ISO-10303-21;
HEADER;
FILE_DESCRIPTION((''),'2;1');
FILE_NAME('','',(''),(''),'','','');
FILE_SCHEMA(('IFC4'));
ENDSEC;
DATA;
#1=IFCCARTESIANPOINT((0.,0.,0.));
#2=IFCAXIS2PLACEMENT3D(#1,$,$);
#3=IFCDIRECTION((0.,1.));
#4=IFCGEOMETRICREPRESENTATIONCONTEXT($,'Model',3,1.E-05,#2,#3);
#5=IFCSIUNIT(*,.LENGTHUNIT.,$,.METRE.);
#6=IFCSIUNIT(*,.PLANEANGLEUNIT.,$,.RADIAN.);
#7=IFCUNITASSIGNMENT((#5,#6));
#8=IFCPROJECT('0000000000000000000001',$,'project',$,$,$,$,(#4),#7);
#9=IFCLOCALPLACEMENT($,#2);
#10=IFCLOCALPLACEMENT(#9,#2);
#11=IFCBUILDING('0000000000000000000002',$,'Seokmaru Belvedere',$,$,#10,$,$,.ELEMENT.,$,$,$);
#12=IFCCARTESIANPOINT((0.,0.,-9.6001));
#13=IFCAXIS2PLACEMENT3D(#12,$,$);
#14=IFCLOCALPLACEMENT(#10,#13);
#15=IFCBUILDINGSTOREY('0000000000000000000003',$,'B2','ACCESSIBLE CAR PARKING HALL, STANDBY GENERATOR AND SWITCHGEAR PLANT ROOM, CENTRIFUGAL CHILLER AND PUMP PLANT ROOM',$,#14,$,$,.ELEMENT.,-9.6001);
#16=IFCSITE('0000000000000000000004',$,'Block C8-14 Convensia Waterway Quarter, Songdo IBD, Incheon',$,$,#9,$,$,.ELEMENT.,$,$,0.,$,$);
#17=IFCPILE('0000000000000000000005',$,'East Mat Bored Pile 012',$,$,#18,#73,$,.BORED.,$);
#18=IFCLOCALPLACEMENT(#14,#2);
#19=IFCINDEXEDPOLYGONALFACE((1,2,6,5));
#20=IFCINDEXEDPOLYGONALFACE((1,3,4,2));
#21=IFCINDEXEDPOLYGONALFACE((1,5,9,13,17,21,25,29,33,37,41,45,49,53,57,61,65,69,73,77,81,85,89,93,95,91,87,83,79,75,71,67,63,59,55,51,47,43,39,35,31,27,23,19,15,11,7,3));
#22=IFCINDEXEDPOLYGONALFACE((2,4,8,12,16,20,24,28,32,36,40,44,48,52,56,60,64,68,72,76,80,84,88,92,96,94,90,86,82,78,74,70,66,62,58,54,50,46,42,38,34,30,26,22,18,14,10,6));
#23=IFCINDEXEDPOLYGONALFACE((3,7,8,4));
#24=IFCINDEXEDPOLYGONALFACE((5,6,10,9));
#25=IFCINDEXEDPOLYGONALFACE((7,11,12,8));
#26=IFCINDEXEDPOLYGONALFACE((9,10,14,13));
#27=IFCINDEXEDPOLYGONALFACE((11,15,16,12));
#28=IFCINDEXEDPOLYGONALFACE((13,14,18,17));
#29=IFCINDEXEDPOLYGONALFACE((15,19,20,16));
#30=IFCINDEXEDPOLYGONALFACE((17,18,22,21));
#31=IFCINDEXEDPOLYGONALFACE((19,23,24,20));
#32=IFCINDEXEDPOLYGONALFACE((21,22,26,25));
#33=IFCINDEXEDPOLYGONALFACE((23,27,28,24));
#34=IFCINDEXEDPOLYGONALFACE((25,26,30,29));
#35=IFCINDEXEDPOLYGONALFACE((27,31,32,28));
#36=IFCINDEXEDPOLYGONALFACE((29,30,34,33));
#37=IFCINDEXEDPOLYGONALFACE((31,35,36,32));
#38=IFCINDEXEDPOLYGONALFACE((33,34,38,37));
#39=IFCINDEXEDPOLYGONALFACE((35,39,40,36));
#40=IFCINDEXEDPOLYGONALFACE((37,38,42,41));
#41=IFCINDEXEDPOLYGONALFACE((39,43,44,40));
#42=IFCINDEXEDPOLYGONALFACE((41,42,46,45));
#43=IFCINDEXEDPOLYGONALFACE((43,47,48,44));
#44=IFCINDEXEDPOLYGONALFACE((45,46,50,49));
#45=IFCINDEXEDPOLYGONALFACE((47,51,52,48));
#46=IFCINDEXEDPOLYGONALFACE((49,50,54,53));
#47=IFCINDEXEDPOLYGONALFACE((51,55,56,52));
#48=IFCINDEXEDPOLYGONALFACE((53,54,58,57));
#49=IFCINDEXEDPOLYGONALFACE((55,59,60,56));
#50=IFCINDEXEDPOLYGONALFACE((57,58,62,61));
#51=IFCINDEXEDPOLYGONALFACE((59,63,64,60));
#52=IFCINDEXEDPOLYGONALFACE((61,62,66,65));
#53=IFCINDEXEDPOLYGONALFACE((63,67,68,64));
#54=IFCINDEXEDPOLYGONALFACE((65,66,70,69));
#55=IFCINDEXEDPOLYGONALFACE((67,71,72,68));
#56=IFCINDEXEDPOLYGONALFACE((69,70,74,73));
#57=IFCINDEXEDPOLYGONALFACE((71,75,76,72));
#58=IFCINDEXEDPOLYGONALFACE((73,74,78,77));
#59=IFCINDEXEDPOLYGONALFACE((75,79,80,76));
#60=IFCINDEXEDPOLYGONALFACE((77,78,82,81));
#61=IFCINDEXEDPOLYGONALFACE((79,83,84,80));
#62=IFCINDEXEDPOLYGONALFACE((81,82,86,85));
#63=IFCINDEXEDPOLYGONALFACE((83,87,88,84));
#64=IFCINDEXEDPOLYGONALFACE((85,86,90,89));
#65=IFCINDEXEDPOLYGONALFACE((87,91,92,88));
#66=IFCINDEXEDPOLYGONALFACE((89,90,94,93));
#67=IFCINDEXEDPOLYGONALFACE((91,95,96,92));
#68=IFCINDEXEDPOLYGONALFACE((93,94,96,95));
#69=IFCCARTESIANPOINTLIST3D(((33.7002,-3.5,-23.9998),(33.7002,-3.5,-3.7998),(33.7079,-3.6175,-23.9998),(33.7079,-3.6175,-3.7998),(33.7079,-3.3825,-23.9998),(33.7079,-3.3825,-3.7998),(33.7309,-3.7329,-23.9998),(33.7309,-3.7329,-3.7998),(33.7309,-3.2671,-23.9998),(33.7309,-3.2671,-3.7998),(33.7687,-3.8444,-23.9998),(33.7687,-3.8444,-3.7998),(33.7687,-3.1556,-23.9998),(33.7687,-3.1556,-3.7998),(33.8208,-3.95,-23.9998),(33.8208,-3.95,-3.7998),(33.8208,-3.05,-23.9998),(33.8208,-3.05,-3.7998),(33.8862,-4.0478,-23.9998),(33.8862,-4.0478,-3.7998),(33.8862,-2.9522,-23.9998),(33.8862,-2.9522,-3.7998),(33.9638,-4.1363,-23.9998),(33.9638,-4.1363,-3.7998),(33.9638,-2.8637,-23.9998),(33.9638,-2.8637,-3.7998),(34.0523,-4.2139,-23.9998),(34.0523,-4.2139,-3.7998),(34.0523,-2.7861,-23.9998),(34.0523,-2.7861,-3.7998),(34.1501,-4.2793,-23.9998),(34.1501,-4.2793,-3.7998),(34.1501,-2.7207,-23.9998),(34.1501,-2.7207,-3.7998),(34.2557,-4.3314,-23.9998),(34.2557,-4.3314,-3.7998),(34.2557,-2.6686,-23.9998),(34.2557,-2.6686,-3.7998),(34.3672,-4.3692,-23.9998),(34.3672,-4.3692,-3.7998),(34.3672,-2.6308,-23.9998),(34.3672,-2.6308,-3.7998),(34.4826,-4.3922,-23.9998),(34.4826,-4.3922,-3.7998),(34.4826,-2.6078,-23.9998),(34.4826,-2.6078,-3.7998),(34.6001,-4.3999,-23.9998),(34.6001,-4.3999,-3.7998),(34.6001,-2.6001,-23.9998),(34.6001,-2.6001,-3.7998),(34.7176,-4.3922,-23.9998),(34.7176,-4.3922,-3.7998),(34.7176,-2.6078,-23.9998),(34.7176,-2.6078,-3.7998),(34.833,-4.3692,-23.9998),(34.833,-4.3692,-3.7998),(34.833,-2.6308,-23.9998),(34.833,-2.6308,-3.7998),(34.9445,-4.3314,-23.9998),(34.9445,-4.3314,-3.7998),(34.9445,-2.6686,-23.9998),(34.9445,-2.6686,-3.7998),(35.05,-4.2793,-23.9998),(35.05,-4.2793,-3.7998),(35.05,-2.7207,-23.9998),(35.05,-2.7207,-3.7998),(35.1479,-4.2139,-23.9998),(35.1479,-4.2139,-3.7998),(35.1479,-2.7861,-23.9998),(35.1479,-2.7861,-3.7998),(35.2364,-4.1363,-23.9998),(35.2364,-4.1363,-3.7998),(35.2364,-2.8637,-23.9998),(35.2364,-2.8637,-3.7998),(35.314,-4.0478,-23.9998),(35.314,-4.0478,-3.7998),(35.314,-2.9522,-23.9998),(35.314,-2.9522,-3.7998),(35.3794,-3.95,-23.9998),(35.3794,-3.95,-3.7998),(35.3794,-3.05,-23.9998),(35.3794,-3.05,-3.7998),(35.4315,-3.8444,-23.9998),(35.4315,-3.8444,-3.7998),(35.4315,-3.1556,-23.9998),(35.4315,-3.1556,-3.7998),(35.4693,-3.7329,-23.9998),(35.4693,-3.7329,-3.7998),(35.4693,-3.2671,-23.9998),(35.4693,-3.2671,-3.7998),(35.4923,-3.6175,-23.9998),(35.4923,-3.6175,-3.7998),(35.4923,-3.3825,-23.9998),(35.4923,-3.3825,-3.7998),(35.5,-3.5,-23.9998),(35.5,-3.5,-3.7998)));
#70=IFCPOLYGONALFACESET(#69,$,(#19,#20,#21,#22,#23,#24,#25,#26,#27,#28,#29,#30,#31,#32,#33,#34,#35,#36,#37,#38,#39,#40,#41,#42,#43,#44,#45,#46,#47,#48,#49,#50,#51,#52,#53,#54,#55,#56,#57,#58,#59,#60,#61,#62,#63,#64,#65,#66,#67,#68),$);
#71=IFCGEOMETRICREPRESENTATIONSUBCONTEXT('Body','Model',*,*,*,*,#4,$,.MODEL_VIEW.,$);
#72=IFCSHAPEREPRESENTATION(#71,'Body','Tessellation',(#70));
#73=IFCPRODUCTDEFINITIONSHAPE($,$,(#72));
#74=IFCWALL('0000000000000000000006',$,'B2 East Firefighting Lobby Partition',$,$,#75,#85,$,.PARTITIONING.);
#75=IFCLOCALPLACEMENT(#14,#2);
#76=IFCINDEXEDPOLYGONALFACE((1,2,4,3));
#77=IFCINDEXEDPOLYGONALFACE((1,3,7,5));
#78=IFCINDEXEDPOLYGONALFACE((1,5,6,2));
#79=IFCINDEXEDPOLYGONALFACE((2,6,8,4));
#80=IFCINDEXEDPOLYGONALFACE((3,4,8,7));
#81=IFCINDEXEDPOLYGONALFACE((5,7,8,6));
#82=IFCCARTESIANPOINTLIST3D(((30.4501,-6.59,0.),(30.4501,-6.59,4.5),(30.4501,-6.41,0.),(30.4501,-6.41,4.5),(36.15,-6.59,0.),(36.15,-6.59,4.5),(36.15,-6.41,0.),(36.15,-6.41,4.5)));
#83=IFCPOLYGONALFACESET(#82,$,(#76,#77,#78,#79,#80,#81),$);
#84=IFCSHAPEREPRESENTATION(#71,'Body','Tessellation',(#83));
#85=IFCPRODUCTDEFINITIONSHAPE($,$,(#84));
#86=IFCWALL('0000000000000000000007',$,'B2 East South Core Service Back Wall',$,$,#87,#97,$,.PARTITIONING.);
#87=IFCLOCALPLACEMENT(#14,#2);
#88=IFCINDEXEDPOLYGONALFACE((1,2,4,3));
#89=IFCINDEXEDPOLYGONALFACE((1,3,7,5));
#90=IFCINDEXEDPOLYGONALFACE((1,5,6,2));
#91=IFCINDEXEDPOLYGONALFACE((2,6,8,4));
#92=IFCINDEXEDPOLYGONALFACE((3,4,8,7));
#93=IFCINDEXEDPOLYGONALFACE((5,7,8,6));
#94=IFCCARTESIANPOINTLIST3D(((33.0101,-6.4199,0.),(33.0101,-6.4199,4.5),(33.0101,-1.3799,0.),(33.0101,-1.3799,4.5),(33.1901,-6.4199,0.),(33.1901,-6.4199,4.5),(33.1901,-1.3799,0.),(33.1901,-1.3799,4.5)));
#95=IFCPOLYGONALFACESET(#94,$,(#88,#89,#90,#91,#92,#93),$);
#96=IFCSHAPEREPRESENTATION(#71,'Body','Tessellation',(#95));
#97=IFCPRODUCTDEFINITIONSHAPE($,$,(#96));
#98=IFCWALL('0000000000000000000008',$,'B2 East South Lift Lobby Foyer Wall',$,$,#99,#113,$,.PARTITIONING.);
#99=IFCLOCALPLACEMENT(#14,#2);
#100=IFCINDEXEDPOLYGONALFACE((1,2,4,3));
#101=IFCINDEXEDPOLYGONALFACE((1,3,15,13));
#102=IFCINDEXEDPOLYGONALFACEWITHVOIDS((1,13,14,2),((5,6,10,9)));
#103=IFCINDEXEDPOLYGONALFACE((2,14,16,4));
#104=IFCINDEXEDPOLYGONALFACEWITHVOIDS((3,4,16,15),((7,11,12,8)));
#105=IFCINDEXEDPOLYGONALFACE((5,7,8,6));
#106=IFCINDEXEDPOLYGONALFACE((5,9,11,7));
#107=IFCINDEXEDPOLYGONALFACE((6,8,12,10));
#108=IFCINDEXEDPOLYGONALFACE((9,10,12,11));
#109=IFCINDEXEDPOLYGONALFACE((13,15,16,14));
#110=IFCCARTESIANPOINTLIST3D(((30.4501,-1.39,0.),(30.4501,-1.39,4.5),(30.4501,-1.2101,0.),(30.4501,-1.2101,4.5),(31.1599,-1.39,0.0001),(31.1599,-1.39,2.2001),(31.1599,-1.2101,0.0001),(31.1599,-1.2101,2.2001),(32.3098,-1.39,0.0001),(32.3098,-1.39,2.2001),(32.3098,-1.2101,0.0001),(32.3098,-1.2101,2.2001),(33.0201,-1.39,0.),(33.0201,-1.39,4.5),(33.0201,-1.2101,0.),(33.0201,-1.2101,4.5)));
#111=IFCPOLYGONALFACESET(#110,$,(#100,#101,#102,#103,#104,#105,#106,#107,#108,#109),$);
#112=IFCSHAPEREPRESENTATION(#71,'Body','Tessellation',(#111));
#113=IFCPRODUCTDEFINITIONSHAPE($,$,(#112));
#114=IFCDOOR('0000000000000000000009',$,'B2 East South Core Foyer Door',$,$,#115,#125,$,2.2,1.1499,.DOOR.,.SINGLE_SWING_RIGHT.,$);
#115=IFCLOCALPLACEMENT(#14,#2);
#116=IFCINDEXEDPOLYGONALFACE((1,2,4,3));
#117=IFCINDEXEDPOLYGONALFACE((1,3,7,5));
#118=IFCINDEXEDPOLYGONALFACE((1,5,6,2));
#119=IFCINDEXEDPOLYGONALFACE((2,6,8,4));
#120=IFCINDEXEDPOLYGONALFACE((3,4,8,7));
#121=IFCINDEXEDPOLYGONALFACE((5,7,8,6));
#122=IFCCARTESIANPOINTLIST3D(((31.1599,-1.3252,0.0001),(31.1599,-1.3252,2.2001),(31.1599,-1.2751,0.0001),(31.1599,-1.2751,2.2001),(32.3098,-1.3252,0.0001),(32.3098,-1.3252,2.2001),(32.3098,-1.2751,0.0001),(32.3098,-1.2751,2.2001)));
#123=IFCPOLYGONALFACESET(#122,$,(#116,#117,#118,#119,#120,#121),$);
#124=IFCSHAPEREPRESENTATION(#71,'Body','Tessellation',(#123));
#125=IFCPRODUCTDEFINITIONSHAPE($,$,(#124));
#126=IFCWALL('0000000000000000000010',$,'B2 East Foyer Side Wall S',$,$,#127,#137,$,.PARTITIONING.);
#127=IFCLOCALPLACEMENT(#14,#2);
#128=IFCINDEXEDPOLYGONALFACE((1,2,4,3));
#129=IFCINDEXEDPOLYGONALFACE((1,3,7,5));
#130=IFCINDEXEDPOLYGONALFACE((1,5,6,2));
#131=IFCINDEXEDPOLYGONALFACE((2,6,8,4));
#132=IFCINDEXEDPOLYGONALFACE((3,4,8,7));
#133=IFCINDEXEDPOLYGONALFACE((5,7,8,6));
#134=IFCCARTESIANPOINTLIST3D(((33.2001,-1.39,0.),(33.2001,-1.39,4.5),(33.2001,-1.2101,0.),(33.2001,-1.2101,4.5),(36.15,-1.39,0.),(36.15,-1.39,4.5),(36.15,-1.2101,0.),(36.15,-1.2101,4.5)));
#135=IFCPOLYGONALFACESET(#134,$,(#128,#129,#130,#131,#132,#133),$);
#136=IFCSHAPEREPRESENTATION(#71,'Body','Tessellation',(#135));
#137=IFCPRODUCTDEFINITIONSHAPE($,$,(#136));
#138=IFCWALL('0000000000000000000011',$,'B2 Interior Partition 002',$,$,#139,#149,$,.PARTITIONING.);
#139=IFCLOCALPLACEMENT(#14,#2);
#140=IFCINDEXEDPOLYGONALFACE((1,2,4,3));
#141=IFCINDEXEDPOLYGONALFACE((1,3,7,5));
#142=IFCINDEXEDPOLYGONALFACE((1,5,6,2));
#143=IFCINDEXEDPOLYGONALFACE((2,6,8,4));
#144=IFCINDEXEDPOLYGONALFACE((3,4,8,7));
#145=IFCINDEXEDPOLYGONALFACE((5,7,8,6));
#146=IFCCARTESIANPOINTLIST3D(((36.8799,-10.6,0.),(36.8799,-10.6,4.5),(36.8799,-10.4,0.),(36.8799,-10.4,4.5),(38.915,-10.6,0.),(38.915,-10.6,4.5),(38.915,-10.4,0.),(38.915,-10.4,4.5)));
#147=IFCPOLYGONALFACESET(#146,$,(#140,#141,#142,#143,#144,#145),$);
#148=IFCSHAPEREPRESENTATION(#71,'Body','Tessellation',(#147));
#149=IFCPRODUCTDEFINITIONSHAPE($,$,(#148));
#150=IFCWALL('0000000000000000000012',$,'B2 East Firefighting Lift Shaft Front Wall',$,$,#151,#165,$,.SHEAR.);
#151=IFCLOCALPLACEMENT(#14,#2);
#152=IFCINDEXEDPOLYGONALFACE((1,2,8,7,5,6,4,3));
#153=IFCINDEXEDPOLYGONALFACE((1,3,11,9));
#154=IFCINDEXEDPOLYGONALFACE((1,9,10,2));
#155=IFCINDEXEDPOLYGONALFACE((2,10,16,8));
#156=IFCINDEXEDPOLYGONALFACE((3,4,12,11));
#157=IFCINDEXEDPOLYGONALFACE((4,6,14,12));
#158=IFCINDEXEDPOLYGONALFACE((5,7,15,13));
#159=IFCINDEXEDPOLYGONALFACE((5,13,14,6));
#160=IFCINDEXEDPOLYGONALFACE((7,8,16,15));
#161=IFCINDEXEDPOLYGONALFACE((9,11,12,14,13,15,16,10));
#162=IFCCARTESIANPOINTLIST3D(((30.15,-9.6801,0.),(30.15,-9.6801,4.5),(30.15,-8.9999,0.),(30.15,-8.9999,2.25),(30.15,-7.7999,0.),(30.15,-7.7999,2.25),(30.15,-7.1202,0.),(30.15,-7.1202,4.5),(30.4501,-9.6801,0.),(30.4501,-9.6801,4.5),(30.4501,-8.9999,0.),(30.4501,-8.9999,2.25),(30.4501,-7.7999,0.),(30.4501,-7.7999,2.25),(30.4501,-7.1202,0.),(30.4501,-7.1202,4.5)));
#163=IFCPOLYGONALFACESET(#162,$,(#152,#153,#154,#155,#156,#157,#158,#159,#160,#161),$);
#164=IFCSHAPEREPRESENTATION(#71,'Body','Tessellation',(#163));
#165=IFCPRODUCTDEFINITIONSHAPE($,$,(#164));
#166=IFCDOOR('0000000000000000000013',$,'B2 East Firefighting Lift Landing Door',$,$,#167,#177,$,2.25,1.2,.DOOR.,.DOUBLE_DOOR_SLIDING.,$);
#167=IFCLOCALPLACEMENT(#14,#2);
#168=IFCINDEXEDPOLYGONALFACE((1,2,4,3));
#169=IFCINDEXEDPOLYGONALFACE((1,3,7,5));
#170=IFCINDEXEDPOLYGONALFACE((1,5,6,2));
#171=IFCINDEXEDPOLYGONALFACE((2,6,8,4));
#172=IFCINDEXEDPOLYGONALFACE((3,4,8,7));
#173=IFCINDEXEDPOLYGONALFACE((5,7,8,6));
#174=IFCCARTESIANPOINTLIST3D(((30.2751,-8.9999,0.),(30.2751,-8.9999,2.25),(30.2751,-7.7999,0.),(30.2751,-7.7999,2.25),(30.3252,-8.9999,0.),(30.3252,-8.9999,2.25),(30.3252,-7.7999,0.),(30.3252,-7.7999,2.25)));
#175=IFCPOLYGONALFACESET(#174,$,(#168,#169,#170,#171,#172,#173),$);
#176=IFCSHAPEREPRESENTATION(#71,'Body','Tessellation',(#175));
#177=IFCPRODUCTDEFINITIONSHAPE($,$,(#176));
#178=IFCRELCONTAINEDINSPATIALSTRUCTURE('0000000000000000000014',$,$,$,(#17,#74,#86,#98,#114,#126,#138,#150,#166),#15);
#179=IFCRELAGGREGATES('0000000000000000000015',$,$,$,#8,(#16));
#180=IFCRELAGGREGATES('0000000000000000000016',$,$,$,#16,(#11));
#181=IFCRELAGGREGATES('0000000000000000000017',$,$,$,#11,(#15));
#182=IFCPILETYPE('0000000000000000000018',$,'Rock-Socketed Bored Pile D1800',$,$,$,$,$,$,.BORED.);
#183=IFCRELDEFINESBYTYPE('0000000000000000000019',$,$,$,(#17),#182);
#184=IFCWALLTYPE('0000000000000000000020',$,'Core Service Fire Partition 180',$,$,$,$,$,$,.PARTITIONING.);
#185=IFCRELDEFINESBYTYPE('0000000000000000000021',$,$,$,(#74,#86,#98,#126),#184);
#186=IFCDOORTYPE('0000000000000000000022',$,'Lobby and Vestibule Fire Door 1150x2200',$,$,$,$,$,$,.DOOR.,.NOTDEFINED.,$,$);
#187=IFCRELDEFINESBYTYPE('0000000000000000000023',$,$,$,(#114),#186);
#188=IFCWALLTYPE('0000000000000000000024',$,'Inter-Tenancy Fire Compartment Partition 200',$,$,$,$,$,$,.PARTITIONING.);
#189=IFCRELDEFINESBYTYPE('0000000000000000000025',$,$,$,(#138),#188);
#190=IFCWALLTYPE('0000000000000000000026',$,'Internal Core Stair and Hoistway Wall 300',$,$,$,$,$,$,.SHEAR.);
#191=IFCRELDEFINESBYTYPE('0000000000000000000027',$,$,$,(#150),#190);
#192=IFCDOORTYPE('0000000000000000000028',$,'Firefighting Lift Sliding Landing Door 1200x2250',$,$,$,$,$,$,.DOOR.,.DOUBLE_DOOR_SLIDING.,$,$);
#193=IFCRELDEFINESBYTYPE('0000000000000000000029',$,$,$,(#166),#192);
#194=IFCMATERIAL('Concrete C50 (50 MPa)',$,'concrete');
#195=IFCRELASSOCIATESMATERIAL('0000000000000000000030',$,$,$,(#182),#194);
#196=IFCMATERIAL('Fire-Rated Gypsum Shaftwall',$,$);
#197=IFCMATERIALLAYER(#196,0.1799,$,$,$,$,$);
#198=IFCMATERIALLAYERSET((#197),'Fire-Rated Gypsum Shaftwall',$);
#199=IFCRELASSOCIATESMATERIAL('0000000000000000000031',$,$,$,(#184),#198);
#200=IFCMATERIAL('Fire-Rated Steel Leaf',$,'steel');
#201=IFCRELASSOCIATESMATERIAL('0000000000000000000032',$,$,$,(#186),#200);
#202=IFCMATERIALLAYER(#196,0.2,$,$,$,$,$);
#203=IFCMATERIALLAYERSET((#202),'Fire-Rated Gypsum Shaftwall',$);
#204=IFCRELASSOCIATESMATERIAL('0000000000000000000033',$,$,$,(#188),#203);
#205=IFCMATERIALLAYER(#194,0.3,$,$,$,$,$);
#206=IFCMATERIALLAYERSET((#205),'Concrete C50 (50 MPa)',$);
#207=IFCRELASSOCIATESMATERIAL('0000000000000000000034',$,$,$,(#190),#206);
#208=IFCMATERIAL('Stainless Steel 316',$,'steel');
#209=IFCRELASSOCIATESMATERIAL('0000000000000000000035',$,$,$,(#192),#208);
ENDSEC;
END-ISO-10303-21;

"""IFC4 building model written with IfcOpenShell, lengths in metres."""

from ifc_helpers import new_model, si_unit, direction, frame, frame_2d, origin, origin_2d, place, context, subcontext, project, spatial, rectangle, circle, extrude, source, transform, mapped, material, layer, layer_set, material_profile, profile_set, type_object, type_shapes, element, fill, save


model = new_model("IFC4")

# Units and contexts
model_context = context("Model", 3, precision=1e-05, world=origin(), true_north=direction((0.0, 1.0)))
body_context = subcontext(model_context, "Body", "Model", "MODEL_VIEW")
ifc_project = project(units=[si_unit("LENGTHUNIT", "METRE"), si_unit("PLANEANGLEUNIT", "RADIAN")], contexts=[model_context])

# Site, building, storey
site_placement = place(None, origin())
site = spatial("IfcSite", under=ifc_project, at=site_placement, Name="Block C8-14 Convensia Waterway Quarter, Songdo IBD, Incheon", CompositionType="ELEMENT", RefElevation=0.0)
building_placement = place(site_placement, origin())
building = spatial("IfcBuilding", under=site, at=building_placement, Name="Seokmaru Belvedere", CompositionType="ELEMENT")
storey_placement = place(building_placement, frame((0.0, 0.0, -9.6001)))
storey = spatial("IfcBuildingStorey", under=building, at=storey_placement, Name="B2", Description="ACCESSIBLE CAR PARKING HALL, STANDBY GENERATOR AND SWITCHGEAR PLANT ROOM, CENTRIFUGAL CHILLER AND PUMP PLANT ROOM", CompositionType="ELEMENT", Elevation=-9.6001)

# Pile
ifc_material_1 = material(Name="Concrete C50 (50 MPa)", Category="concrete")
ifc_material_profile_1 = material_profile(ifc_material_1, circle(Radius=0.8999, at=origin_2d()), Name="PILE-D1800")
ifc_profile_set_1 = profile_set([ifc_material_profile_1], Name="Concrete C50 (50 MPa)")
pile_type_1 = type_object("IfcPileType", Name="Rock-Socketed Bored Pile D1800", PredefinedType="BORED", material=ifc_profile_set_1)
shared_shape_1 = source(origin(), body_context, "Body", "SweptSolid", [
    extrude(circle(Radius=0.8999, at=origin_2d()), origin(), (0.0, 0.0, 1.0), 20.2),
])
type_shapes(pile_type_1, [shared_shape_1])
for number, where, z_axis, x_axis, name in (
    (1, (34.6001, -3.5, -3.7998), (0.0, 0.0, -1.0), (1.0, 0.0, 0.0), "East Mat Bored Pile 012"),
):
    element("IfcPile", number, at=place(storey_placement, frame(where, z_axis=z_axis, x_axis=x_axis)), inside=storey, type_object=pile_type_1, Name=name, PredefinedType="BORED", context=body_context, shape_type="MappedRepresentation", body=[
        mapped(shared_shape_1, transform((0.0, 0.0, 0.0), scale=1.0)),
    ])

# Walls
ifc_material_2 = material(Name="Fire-Rated Gypsum Shaftwall")
ifc_layer_1 = layer(ifc_material_2, 0.1799)
ifc_layer_set_1 = layer_set([ifc_layer_1], Name="Fire-Rated Gypsum Shaftwall")
wall_type_1 = type_object("IfcWallType", Name="Core Service Fire Partition 180", PredefinedType="PARTITIONING", material=ifc_layer_set_1)
wall_1_placement = place(storey_placement, frame((30.45, -6.5, 0.0), z_axis=(0.0, 0.0, 1.0), x_axis=(1.0, 0.0, 0.0)))
element("IfcWall", 2, at=wall_1_placement, inside=storey, type_object=wall_type_1, Name="B2 East Firefighting Lobby Partition", PredefinedType="PARTITIONING", context=body_context, shape_type="SweptSolid", body=[
    extrude(rectangle(XDim=5.7, YDim=0.1799, at=frame_2d((2.8501, 0.0))), origin(), (0.0, 0.0, 1.0), 4.5),
])
wall_2_placement = place(storey_placement, frame((33.1001, -6.4199, 0.0), z_axis=(0.0, 0.0, 1.0), x_axis=(0.0, 1.0, 0.0)))
element("IfcWall", 3, at=wall_2_placement, inside=storey, type_object=wall_type_1, Name="B2 East South Core Service Back Wall", PredefinedType="PARTITIONING", context=body_context, shape_type="SweptSolid", body=[
    extrude(rectangle(XDim=5.04, YDim=0.1799, at=frame_2d((2.52, 0.0))), origin(), (0.0, 0.0, 1.0), 4.5),
])

# Wall, opening, door
wall_3_placement = place(storey_placement, frame((30.45, -1.3, 0.0), z_axis=(0.0, 0.0, 1.0), x_axis=(1.0, 0.0, 0.0)))
wall_3 = element("IfcWall", 4, at=wall_3_placement, inside=storey, type_object=wall_type_1, Name="B2 East South Lift Lobby Foyer Wall", PredefinedType="PARTITIONING", context=body_context, shape_type="SweptSolid", body=[
    extrude(rectangle(XDim=2.5701, YDim=0.1799, at=frame_2d((1.2852, 0.0))), origin(), (0.0, 0.0, 1.0), 4.5),
])
opening_1_placement = place(wall_3_placement, frame((0.71, 0.0, 0.0)))
opening_1 = element("IfcOpeningElement", 5, at=opening_1_placement, cuts=wall_3, PredefinedType="OPENING", context=body_context, shape_type="SweptSolid", body=[
    extrude(rectangle(XDim=1.1499, YDim=2.2, at=frame_2d((0.575, 1.1001))), frame((0.0, 0.1001, 0.0), z_axis=(0.0, -1.0, 0.0), x_axis=(1.0, 0.0, 0.0)), (0.0, 0.0, 1.0), 0.2),
])
ifc_material_3 = material(Name="Fire-Rated Steel Leaf", Category="steel")
door_type_1 = type_object("IfcDoorType", Name="Lobby and Vestibule Fire Door 1150x2200", OperationType="NOTDEFINED", PredefinedType="DOOR", material=ifc_material_3)
shared_shape_2 = source(origin(), body_context, "Body", "SweptSolid", [
    extrude(rectangle(XDim=1.1499, YDim=2.2, at=frame_2d((0.575, 1.1001))), frame((0.0, 0.0249, 0.0), z_axis=(0.0, -1.0, 0.0), x_axis=(1.0, 0.0, 0.0)), (0.0, 0.0, 1.0), 0.05),
])
type_shapes(door_type_1, [shared_shape_2])
door_1_placement = place(opening_1_placement, origin())
door_1 = element("IfcDoor", 6, at=door_1_placement, inside=storey, type_object=door_type_1, Name="B2 East South Core Foyer Door", OperationType="SINGLE_SWING_RIGHT", OverallHeight=2.2, OverallWidth=1.1499, PredefinedType="DOOR", context=body_context, shape_type="MappedRepresentation", body=[
    mapped(shared_shape_2, transform((0.0, 0.0, 0.0), scale=1.0)),
])
fill(opening_1, door_1)

# Walls
wall_4_placement = place(storey_placement, frame((33.2, -1.3, 0.0), z_axis=(0.0, 0.0, 1.0), x_axis=(1.0, 0.0, 0.0)))
element("IfcWall", 7, at=wall_4_placement, inside=storey, type_object=wall_type_1, Name="B2 East Foyer Side Wall S", PredefinedType="PARTITIONING", context=body_context, shape_type="SweptSolid", body=[
    extrude(rectangle(XDim=2.95, YDim=0.1799, at=frame_2d((1.4751, 0.0))), origin(), (0.0, 0.0, 1.0), 4.5),
])
ifc_layer_2 = layer(ifc_material_2, 0.2)
ifc_layer_set_2 = layer_set([ifc_layer_2], Name="Fire-Rated Gypsum Shaftwall")
wall_type_2 = type_object("IfcWallType", Name="Inter-Tenancy Fire Compartment Partition 200", PredefinedType="PARTITIONING", material=ifc_layer_set_2)
wall_5_placement = place(storey_placement, frame((36.8799, -10.5, 0.0), z_axis=(0.0, 0.0, 1.0), x_axis=(1.0, 0.0, 0.0)))
element("IfcWall", 8, at=wall_5_placement, inside=storey, type_object=wall_type_2, Name="B2 Interior Partition 002", PredefinedType="PARTITIONING", context=body_context, shape_type="SweptSolid", body=[
    extrude(rectangle(XDim=2.0352, YDim=0.2, at=frame_2d((1.0176, 0.0))), origin(), (0.0, 0.0, 1.0), 4.5),
])

# Wall, opening, door
ifc_layer_3 = layer(ifc_material_1, 0.3)
ifc_layer_set_3 = layer_set([ifc_layer_3], Name="Concrete C50 (50 MPa)")
wall_type_3 = type_object("IfcWallType", Name="Internal Core Stair and Hoistway Wall 300", PredefinedType="SHEAR", material=ifc_layer_set_3)
wall_6_placement = place(storey_placement, frame((30.3, -9.6799, 0.0), z_axis=(0.0, 0.0, 1.0), x_axis=(0.0, 1.0, 0.0)))
wall_6 = element("IfcWall", 9, at=wall_6_placement, inside=storey, type_object=wall_type_3, Name="B2 East Firefighting Lift Shaft Front Wall", PredefinedType="SHEAR", context=body_context, shape_type="SweptSolid", body=[
    extrude(rectangle(XDim=2.5598, YDim=0.3, at=frame_2d((1.2798, 0.0))), origin(), (0.0, 0.0, 1.0), 4.5),
])
opening_2_placement = place(wall_6_placement, frame((0.6799, 0.0, 0.0)))
opening_2 = element("IfcOpeningElement", 10, at=opening_2_placement, cuts=wall_6, PredefinedType="OPENING", context=body_context, shape_type="SweptSolid", body=[
    extrude(rectangle(XDim=1.2, YDim=2.25, at=frame_2d((0.6001, 1.125))), frame((0.0, 0.1602, 0.0), z_axis=(0.0, -1.0, 0.0), x_axis=(1.0, 0.0, 0.0)), (0.0, 0.0, 1.0), 0.3201),
])
ifc_material_4 = material(Name="Stainless Steel 316", Category="steel")
door_type_2 = type_object("IfcDoorType", Name="Firefighting Lift Sliding Landing Door 1200x2250", OperationType="DOUBLE_DOOR_SLIDING", PredefinedType="DOOR", material=ifc_material_4)
shared_shape_3 = source(origin(), body_context, "Body", "SweptSolid", [
    extrude(rectangle(XDim=1.2, YDim=2.25, at=frame_2d((0.6001, 1.125))), frame((0.0, 0.0249, 0.0), z_axis=(0.0, -1.0, 0.0), x_axis=(1.0, 0.0, 0.0)), (0.0, 0.0, 1.0), 0.05),
])
type_shapes(door_type_2, [shared_shape_3])
door_2_placement = place(opening_2_placement, origin())
door_2 = element("IfcDoor", 11, at=door_2_placement, inside=storey, type_object=door_type_2, Name="B2 East Firefighting Lift Landing Door", OperationType="DOUBLE_DOOR_SLIDING", OverallHeight=2.25, OverallWidth=1.2, PredefinedType="DOOR", context=body_context, shape_type="MappedRepresentation", body=[
    mapped(shared_shape_3, transform((0.0, 0.0, 0.0), scale=1.0)),
])
fill(opening_2, door_2)

save(model, "model.ifc")
